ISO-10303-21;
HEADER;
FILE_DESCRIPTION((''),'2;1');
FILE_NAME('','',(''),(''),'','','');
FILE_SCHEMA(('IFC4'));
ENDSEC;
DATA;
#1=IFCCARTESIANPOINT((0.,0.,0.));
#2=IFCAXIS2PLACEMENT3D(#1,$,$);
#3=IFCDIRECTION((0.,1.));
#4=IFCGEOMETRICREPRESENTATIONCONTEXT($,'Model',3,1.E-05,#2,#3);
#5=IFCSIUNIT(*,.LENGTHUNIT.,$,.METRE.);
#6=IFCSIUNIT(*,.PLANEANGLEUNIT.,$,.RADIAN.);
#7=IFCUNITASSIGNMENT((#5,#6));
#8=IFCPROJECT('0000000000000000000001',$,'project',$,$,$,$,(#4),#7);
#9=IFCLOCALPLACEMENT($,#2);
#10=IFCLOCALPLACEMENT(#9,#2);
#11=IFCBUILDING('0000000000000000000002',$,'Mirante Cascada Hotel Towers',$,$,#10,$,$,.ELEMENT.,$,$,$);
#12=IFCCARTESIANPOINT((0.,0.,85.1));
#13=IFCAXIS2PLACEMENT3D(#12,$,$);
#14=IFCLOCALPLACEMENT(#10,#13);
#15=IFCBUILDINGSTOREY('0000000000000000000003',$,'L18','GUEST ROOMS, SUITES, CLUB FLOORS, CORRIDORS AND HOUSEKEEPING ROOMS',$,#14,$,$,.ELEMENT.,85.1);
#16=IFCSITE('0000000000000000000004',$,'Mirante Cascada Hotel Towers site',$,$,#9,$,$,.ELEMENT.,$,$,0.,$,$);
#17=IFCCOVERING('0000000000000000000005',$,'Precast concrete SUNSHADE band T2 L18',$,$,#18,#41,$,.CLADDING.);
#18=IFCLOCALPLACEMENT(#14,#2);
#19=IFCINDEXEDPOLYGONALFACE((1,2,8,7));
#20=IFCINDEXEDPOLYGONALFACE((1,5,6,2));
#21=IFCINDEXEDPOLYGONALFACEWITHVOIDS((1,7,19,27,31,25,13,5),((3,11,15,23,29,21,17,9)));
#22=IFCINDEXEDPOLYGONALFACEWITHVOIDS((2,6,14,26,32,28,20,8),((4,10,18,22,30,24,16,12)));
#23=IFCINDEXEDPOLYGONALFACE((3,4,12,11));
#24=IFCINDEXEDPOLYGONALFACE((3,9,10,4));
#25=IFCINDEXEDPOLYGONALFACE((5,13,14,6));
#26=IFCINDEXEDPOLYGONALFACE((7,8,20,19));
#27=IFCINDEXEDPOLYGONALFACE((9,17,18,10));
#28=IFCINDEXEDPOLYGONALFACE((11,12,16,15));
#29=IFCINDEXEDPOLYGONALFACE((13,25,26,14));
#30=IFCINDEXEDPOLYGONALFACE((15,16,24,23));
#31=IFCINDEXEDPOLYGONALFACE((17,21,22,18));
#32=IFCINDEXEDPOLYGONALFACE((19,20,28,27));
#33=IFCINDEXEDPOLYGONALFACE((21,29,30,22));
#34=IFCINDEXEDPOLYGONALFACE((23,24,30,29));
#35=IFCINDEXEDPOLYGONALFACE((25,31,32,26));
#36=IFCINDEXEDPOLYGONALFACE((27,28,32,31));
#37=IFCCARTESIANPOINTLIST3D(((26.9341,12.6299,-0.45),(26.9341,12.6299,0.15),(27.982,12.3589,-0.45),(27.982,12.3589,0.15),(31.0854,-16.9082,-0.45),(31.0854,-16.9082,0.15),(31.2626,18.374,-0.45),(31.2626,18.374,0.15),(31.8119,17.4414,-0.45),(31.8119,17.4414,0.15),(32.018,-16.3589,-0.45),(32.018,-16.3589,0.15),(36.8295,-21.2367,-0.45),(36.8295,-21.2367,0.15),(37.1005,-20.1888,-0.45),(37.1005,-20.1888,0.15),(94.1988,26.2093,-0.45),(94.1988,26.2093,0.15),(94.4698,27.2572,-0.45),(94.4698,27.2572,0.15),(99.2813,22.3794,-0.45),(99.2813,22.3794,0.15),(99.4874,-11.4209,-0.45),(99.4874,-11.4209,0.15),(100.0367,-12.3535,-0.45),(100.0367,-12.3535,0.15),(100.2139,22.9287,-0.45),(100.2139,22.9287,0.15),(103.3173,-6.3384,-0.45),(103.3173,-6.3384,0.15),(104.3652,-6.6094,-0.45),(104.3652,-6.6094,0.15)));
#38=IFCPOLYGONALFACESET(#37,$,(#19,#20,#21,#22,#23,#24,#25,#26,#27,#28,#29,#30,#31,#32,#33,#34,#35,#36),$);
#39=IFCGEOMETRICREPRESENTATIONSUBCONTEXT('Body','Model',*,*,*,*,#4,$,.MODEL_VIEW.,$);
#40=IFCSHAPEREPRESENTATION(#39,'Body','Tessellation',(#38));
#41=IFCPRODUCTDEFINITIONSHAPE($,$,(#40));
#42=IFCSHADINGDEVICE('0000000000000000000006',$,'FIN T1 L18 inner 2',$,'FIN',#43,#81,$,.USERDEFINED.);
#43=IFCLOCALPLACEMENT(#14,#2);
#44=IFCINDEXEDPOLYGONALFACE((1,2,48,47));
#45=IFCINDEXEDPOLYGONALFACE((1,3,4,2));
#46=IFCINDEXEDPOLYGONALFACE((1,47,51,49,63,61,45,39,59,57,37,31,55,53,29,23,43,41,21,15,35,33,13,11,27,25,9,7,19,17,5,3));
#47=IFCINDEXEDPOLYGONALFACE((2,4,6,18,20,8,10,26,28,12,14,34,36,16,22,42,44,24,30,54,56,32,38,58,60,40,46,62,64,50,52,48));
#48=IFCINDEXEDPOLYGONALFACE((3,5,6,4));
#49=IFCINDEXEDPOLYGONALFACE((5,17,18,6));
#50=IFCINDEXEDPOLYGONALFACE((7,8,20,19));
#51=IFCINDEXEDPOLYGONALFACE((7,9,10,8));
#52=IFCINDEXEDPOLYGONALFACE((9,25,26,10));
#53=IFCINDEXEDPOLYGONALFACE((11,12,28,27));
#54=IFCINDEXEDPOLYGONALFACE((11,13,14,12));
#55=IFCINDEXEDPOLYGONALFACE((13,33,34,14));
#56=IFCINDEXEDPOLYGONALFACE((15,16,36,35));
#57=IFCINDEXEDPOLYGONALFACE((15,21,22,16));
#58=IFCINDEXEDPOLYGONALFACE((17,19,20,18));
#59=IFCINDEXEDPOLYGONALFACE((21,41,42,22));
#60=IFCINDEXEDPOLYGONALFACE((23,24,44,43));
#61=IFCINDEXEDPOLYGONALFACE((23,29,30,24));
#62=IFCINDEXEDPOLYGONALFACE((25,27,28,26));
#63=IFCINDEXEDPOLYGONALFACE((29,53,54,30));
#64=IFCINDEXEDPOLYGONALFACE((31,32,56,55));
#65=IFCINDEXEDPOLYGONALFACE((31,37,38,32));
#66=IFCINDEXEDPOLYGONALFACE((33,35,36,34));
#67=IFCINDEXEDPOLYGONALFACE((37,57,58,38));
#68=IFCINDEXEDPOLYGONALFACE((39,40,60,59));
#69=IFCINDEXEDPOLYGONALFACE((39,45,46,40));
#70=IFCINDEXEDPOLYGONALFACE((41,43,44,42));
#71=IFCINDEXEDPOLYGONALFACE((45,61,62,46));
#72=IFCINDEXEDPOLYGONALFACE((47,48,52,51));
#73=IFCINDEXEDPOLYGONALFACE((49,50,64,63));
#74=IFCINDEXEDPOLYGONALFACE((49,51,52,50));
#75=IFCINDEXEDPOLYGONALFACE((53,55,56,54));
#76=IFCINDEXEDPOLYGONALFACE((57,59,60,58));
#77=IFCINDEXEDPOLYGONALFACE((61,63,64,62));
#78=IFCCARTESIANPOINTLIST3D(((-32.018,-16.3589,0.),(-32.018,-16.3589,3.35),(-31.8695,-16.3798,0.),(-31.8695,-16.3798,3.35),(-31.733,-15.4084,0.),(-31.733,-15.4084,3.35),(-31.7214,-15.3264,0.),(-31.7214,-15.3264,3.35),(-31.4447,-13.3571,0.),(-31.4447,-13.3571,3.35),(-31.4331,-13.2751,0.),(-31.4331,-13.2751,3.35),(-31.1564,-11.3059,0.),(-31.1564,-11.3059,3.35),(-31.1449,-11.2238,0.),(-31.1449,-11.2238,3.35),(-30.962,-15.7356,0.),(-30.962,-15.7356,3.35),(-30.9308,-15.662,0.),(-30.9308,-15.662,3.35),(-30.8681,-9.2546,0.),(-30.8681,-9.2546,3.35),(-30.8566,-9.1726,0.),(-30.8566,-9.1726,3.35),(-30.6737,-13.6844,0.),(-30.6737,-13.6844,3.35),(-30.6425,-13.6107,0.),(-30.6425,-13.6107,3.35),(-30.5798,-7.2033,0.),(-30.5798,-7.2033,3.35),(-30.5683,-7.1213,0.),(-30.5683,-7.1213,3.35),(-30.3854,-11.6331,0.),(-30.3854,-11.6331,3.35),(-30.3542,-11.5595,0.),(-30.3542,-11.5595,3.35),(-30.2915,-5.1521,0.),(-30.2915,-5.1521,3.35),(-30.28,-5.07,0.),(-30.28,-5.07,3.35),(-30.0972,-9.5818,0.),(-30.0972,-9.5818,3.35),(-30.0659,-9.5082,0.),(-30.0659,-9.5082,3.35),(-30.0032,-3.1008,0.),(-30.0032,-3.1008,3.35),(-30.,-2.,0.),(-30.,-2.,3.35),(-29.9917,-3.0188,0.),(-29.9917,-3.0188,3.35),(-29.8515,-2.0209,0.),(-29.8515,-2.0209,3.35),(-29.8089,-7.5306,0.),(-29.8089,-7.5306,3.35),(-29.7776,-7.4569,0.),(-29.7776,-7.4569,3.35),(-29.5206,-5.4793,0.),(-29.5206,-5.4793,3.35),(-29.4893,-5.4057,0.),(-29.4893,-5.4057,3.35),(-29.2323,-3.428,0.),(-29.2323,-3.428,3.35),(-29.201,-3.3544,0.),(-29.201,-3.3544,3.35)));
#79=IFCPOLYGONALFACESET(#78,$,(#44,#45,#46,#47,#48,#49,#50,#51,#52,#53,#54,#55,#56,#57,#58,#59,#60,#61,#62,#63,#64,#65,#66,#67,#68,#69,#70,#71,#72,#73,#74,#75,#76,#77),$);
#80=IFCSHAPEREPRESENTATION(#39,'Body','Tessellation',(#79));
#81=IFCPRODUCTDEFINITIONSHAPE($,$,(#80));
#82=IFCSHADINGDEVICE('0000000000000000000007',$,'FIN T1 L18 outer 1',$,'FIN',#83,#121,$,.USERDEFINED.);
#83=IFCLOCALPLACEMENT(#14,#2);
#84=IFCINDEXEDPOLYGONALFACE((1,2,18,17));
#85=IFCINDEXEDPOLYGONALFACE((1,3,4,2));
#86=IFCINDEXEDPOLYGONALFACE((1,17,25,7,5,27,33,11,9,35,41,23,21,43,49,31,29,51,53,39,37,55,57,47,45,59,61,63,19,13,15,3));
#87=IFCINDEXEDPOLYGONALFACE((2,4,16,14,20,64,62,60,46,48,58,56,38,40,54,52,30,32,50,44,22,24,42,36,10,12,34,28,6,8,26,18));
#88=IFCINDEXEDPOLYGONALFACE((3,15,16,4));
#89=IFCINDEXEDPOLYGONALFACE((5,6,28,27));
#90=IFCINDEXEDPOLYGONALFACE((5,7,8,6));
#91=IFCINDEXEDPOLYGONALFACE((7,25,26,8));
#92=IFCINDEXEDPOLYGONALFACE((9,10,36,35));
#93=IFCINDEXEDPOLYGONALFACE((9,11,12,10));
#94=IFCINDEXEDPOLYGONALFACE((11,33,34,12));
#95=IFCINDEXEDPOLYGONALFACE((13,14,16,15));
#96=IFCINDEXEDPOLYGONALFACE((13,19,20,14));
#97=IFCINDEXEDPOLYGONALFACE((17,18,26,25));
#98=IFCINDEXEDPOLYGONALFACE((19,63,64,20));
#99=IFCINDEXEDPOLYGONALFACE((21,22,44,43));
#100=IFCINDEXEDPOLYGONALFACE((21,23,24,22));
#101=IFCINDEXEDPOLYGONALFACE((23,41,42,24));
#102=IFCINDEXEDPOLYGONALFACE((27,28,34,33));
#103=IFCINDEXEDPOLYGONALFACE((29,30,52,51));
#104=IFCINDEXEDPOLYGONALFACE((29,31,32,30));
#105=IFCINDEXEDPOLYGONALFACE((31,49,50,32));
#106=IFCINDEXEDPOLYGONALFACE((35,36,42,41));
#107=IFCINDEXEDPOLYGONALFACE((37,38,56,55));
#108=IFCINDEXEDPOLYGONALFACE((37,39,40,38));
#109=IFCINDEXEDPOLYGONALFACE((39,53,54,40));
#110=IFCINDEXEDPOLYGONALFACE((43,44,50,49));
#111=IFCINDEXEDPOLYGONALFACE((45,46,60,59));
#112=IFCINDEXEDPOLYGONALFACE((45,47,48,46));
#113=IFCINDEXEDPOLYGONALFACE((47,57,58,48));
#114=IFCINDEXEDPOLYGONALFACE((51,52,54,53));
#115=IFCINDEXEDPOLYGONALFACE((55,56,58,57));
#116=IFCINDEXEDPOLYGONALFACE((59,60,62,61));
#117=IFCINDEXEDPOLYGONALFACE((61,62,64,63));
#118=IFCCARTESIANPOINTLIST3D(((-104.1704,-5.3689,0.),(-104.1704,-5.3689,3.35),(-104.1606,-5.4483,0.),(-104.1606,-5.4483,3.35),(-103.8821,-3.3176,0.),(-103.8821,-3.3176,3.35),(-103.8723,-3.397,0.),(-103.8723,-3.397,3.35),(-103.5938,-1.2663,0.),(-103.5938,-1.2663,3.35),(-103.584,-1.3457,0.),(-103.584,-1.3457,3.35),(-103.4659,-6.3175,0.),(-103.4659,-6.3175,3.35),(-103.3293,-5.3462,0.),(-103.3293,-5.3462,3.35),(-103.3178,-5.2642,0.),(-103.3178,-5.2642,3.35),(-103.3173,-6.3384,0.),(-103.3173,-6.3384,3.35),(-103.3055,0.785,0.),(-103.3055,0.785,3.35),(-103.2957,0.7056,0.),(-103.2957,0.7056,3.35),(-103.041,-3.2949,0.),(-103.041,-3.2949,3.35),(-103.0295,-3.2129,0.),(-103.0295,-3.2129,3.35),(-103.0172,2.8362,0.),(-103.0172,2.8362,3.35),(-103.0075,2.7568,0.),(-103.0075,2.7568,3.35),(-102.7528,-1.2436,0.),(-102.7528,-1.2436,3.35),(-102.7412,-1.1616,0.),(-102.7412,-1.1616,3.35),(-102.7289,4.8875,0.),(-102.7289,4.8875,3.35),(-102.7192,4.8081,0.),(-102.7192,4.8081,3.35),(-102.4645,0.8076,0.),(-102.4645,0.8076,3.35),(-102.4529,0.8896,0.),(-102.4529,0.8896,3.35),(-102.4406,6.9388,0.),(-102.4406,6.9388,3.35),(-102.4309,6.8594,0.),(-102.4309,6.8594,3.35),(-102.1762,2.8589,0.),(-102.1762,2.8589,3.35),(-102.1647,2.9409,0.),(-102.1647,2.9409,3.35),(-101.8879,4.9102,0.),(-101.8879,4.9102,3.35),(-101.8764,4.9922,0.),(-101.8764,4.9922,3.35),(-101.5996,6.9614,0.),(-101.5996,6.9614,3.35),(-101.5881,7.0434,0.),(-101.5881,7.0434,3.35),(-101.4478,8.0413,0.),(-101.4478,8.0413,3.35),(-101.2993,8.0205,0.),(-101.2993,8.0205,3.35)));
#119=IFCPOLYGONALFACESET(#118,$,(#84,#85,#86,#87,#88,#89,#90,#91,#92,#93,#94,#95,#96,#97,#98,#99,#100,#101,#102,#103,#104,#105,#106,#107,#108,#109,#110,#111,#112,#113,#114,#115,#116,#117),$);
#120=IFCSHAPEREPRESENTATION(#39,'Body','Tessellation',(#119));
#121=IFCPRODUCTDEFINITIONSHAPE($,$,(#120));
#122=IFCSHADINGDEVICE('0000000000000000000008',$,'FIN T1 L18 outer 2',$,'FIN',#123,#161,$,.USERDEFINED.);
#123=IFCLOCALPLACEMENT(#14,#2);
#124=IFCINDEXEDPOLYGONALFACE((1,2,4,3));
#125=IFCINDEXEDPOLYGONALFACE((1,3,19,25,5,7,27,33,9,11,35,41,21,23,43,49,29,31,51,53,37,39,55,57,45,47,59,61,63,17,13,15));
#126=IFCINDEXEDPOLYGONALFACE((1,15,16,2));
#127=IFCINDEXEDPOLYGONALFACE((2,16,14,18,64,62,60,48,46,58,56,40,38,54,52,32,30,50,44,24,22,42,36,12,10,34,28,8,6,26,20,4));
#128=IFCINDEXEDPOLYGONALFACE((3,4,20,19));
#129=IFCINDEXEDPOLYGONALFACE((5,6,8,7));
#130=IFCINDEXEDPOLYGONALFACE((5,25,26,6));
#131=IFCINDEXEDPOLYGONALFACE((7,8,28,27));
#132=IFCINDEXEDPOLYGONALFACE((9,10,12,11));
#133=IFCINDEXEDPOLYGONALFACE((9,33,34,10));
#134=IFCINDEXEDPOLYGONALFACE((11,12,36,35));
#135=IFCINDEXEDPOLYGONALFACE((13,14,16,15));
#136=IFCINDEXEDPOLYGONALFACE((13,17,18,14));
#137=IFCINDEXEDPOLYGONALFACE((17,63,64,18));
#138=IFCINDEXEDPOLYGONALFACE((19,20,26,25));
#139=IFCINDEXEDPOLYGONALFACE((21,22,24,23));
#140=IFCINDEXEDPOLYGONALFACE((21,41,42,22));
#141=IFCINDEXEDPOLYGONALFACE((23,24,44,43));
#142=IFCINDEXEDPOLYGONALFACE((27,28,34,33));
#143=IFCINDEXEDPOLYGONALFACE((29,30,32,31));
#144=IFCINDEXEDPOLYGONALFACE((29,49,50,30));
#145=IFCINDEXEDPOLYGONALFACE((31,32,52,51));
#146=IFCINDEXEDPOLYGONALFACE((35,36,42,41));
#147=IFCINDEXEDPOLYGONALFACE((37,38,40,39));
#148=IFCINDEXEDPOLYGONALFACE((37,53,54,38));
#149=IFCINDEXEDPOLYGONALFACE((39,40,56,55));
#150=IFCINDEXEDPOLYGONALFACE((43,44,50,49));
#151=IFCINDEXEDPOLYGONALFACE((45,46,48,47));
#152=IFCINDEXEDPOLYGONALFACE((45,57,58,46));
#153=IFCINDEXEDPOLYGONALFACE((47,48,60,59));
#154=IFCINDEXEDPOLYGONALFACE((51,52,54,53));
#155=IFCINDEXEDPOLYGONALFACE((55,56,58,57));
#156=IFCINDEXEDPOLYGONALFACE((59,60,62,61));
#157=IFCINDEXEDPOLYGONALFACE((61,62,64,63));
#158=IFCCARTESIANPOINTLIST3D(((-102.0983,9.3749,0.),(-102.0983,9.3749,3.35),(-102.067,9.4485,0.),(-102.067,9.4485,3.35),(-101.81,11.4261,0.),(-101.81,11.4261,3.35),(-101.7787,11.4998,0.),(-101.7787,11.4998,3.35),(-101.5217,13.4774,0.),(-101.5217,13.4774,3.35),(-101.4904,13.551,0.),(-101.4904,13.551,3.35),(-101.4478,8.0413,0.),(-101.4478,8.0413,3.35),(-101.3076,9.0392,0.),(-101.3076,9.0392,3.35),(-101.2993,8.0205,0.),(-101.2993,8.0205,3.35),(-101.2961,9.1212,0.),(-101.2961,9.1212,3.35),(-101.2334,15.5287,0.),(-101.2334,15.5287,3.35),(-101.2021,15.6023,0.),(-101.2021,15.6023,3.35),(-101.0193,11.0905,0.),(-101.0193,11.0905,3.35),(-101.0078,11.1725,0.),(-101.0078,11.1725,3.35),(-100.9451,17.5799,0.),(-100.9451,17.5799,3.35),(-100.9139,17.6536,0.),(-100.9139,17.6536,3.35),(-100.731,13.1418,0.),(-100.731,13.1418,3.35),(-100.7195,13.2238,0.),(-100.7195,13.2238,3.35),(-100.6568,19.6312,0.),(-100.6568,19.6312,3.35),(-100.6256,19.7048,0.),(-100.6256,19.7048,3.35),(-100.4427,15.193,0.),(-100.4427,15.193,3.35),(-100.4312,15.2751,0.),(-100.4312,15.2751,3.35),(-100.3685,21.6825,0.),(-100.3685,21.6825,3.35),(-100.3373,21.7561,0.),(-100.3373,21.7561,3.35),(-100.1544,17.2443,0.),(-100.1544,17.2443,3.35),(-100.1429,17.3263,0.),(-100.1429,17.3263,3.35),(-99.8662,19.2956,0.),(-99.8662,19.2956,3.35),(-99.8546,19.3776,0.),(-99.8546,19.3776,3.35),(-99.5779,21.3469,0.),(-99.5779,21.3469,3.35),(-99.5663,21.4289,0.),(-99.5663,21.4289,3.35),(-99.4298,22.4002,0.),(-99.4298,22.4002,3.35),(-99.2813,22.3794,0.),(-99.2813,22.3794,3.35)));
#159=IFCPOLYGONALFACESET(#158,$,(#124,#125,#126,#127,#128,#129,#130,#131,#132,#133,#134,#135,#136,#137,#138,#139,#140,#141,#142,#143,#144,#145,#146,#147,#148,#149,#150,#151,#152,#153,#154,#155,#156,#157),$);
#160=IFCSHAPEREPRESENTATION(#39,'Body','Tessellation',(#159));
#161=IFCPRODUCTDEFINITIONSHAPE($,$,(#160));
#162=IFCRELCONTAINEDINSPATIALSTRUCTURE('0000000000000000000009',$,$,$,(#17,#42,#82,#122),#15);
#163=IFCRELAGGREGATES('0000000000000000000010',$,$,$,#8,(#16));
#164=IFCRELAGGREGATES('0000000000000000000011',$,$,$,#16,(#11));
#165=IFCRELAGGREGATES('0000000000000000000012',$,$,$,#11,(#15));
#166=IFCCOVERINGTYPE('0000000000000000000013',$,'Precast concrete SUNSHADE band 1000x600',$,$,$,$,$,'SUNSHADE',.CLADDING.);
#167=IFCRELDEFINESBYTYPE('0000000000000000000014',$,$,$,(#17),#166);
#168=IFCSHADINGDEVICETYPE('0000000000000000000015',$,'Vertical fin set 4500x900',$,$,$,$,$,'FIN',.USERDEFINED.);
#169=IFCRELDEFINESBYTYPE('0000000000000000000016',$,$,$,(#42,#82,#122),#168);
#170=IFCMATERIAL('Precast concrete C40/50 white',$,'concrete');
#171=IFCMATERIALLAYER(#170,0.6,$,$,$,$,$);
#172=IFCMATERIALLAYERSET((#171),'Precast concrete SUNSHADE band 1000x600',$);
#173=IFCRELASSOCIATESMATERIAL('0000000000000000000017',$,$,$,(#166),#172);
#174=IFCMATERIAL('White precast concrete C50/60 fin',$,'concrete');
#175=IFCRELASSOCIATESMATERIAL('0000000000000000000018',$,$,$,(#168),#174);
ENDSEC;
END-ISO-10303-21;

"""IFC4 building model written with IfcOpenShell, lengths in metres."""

from ifc_helpers import new_model, si_unit, direction, frame, origin, place, context, subcontext, project, spatial, polyline, outline, extrude, material, layer, layer_set, type_object, element, save


model = new_model("IFC4")

# Units and contexts
model_context = context("Model", 3, precision=1e-05, world=origin(), true_north=direction((0.0, 1.0)))
body_context = subcontext(model_context, "Body", "Model", "MODEL_VIEW")
ifc_project = project(units=[si_unit("LENGTHUNIT", "METRE"), si_unit("PLANEANGLEUNIT", "RADIAN")], contexts=[model_context])

# Site, building, storey
site_placement = place(None, origin())
site = spatial("IfcSite", under=ifc_project, at=site_placement, Name="Mirante Cascada Hotel Towers site", CompositionType="ELEMENT", RefElevation=0.0)
building_placement = place(site_placement, origin())
building = spatial("IfcBuilding", under=site, at=building_placement, Name="Mirante Cascada Hotel Towers", CompositionType="ELEMENT")
storey_placement = place(building_placement, frame((0.0, 0.0, 85.1)))
storey = spatial("IfcBuildingStorey", under=building, at=storey_placement, Name="L18", Description="GUEST ROOMS, SUITES, CLUB FLOORS, CORRIDORS AND HOUSEKEEPING ROOMS", CompositionType="ELEMENT", Elevation=85.1)

# Covering
ifc_material_1 = material(Name="Precast concrete C40/50 white", Category="concrete")
ifc_layer_1 = layer(ifc_material_1, 0.6)
ifc_layer_set_1 = layer_set([ifc_layer_1], Name="Precast concrete SUNSHADE band 1000x600")
covering_type = type_object("IfcCoveringType", Name="Precast concrete SUNSHADE band 1000x600", ElementType="SUNSHADE", PredefinedType="CLADDING", material=ifc_layer_set_1)
covering_placement = place(storey_placement, frame((0.0, 0.0, -0.45)))
element("IfcCovering", 1, at=covering_placement, inside=storey, type_object=covering_type, Name="Precast concrete SUNSHADE band T2 L18", PredefinedType="CLADDING", context=body_context, shape_type="SweptSolid", body=[
    extrude(outline(polyline([(26.9341, 12.6299), (31.2626, 18.374), (94.4698, 27.2572), (100.2139, 22.9287), (104.3652, -6.6094), (100.0367, -12.3535), (36.8295, -21.2367), (31.0854, -16.9082), (26.9341, 12.6299)]), holes=[polyline([(103.3173, -6.3384), (99.2813, 22.3794), (94.1988, 26.2093), (31.8119, 17.4414), (27.982, 12.3589), (32.018, -16.3589), (37.1005, -20.1888), (99.4874, -11.4209), (103.3173, -6.3384)])]), origin(), (0.0, 0.0, 1.0), 0.6),
])

# Shading devices
ifc_material_2 = material(Name="White precast concrete C50/60 fin", Category="concrete")
shading_device_type = type_object("IfcShadingDeviceType", Name="Vertical fin set 4500x900", ElementType="FIN", PredefinedType="USERDEFINED", material=ifc_material_2)
shading_device_1_placement = place(storey_placement, origin())
element("IfcShadingDevice", 2, at=shading_device_1_placement, inside=storey, type_object=shading_device_type, Name="FIN T1 L18 inner 2", ObjectType="FIN", PredefinedType="USERDEFINED", context=body_context, shape_type="SweptSolid", body=[
    extrude(outline(polyline([(-31.733, -15.4084), (-31.8695, -16.3798), (-32.018, -16.3589), (-30.0, -2.0), (-29.8515, -2.0209), (-29.9917, -3.0188), (-29.201, -3.3544), (-29.2323, -3.428), (-30.0032, -3.1008), (-30.28, -5.07), (-29.4893, -5.4057), (-29.5206, -5.4793), (-30.2915, -5.1521), (-30.5683, -7.1213), (-29.7776, -7.4569), (-29.8089, -7.5306), (-30.5798, -7.2033), (-30.8566, -9.1726), (-30.0659, -9.5082), (-30.0972, -9.5818), (-30.8681, -9.2546), (-31.1449, -11.2238), (-30.3542, -11.5595), (-30.3854, -11.6331), (-31.1564, -11.3059), (-31.4331, -13.2751), (-30.6425, -13.6107), (-30.6737, -13.6844), (-31.4447, -13.3571), (-31.7214, -15.3264), (-30.9308, -15.662), (-30.962, -15.7356), (-31.733, -15.4084)])), origin(), (0.0, 0.0, 1.0), 3.35),
])
shading_device_2_placement = place(storey_placement, origin())
element("IfcShadingDevice", 3, at=shading_device_2_placement, inside=storey, type_object=shading_device_type, Name="FIN T1 L18 outer 1", ObjectType="FIN", PredefinedType="USERDEFINED", context=body_context, shape_type="SweptSolid", body=[
    extrude(outline(polyline([(-103.3178, -5.2642), (-103.041, -3.2949), (-103.8723, -3.397), (-103.8821, -3.3176), (-103.0295, -3.2129), (-102.7528, -1.2436), (-103.584, -1.3457), (-103.5938, -1.2663), (-102.7412, -1.1616), (-102.4645, 0.8076), (-103.2957, 0.7056), (-103.3055, 0.785), (-102.4529, 0.8896), (-102.1762, 2.8589), (-103.0075, 2.7568), (-103.0172, 2.8362), (-102.1647, 2.9409), (-101.8879, 4.9102), (-102.7192, 4.8081), (-102.7289, 4.8875), (-101.8764, 4.9922), (-101.5996, 6.9614), (-102.4309, 6.8594), (-102.4406, 6.9388), (-101.5881, 7.0434), (-101.4478, 8.0413), (-101.2993, 8.0205), (-103.3173, -6.3384), (-103.4659, -6.3175), (-103.3293, -5.3462), (-104.1606, -5.4483), (-104.1704, -5.3689), (-103.3178, -5.2642)])), origin(), (0.0, 0.0, 1.0), 3.35),
])
shading_device_3_placement = place(storey_placement, origin())
element("IfcShadingDevice", 4, at=shading_device_3_placement, inside=storey, type_object=shading_device_type, Name="FIN T1 L18 outer 2", ObjectType="FIN", PredefinedType="USERDEFINED", context=body_context, shape_type="SweptSolid", body=[
    extrude(outline(polyline([(-101.2961, 9.1212), (-101.0193, 11.0905), (-101.81, 11.4261), (-101.7787, 11.4998), (-101.0078, 11.1725), (-100.731, 13.1418), (-101.5217, 13.4774), (-101.4904, 13.551), (-100.7195, 13.2238), (-100.4427, 15.193), (-101.2334, 15.5287), (-101.2021, 15.6023), (-100.4312, 15.2751), (-100.1544, 17.2443), (-100.9451, 17.5799), (-100.9139, 17.6536), (-100.1429, 17.3263), (-99.8662, 19.2956), (-100.6568, 19.6312), (-100.6256, 19.7048), (-99.8546, 19.3776), (-99.5779, 21.3469), (-100.3685, 21.6825), (-100.3373, 21.7561), (-99.5663, 21.4289), (-99.4298, 22.4002), (-99.2813, 22.3794), (-101.2993, 8.0205), (-101.4478, 8.0413), (-101.3076, 9.0392), (-102.0983, 9.3749), (-102.067, 9.4485), (-101.2961, 9.1212)])), origin(), (0.0, 0.0, 1.0), 3.35),
])

save(model, "model.ifc")
